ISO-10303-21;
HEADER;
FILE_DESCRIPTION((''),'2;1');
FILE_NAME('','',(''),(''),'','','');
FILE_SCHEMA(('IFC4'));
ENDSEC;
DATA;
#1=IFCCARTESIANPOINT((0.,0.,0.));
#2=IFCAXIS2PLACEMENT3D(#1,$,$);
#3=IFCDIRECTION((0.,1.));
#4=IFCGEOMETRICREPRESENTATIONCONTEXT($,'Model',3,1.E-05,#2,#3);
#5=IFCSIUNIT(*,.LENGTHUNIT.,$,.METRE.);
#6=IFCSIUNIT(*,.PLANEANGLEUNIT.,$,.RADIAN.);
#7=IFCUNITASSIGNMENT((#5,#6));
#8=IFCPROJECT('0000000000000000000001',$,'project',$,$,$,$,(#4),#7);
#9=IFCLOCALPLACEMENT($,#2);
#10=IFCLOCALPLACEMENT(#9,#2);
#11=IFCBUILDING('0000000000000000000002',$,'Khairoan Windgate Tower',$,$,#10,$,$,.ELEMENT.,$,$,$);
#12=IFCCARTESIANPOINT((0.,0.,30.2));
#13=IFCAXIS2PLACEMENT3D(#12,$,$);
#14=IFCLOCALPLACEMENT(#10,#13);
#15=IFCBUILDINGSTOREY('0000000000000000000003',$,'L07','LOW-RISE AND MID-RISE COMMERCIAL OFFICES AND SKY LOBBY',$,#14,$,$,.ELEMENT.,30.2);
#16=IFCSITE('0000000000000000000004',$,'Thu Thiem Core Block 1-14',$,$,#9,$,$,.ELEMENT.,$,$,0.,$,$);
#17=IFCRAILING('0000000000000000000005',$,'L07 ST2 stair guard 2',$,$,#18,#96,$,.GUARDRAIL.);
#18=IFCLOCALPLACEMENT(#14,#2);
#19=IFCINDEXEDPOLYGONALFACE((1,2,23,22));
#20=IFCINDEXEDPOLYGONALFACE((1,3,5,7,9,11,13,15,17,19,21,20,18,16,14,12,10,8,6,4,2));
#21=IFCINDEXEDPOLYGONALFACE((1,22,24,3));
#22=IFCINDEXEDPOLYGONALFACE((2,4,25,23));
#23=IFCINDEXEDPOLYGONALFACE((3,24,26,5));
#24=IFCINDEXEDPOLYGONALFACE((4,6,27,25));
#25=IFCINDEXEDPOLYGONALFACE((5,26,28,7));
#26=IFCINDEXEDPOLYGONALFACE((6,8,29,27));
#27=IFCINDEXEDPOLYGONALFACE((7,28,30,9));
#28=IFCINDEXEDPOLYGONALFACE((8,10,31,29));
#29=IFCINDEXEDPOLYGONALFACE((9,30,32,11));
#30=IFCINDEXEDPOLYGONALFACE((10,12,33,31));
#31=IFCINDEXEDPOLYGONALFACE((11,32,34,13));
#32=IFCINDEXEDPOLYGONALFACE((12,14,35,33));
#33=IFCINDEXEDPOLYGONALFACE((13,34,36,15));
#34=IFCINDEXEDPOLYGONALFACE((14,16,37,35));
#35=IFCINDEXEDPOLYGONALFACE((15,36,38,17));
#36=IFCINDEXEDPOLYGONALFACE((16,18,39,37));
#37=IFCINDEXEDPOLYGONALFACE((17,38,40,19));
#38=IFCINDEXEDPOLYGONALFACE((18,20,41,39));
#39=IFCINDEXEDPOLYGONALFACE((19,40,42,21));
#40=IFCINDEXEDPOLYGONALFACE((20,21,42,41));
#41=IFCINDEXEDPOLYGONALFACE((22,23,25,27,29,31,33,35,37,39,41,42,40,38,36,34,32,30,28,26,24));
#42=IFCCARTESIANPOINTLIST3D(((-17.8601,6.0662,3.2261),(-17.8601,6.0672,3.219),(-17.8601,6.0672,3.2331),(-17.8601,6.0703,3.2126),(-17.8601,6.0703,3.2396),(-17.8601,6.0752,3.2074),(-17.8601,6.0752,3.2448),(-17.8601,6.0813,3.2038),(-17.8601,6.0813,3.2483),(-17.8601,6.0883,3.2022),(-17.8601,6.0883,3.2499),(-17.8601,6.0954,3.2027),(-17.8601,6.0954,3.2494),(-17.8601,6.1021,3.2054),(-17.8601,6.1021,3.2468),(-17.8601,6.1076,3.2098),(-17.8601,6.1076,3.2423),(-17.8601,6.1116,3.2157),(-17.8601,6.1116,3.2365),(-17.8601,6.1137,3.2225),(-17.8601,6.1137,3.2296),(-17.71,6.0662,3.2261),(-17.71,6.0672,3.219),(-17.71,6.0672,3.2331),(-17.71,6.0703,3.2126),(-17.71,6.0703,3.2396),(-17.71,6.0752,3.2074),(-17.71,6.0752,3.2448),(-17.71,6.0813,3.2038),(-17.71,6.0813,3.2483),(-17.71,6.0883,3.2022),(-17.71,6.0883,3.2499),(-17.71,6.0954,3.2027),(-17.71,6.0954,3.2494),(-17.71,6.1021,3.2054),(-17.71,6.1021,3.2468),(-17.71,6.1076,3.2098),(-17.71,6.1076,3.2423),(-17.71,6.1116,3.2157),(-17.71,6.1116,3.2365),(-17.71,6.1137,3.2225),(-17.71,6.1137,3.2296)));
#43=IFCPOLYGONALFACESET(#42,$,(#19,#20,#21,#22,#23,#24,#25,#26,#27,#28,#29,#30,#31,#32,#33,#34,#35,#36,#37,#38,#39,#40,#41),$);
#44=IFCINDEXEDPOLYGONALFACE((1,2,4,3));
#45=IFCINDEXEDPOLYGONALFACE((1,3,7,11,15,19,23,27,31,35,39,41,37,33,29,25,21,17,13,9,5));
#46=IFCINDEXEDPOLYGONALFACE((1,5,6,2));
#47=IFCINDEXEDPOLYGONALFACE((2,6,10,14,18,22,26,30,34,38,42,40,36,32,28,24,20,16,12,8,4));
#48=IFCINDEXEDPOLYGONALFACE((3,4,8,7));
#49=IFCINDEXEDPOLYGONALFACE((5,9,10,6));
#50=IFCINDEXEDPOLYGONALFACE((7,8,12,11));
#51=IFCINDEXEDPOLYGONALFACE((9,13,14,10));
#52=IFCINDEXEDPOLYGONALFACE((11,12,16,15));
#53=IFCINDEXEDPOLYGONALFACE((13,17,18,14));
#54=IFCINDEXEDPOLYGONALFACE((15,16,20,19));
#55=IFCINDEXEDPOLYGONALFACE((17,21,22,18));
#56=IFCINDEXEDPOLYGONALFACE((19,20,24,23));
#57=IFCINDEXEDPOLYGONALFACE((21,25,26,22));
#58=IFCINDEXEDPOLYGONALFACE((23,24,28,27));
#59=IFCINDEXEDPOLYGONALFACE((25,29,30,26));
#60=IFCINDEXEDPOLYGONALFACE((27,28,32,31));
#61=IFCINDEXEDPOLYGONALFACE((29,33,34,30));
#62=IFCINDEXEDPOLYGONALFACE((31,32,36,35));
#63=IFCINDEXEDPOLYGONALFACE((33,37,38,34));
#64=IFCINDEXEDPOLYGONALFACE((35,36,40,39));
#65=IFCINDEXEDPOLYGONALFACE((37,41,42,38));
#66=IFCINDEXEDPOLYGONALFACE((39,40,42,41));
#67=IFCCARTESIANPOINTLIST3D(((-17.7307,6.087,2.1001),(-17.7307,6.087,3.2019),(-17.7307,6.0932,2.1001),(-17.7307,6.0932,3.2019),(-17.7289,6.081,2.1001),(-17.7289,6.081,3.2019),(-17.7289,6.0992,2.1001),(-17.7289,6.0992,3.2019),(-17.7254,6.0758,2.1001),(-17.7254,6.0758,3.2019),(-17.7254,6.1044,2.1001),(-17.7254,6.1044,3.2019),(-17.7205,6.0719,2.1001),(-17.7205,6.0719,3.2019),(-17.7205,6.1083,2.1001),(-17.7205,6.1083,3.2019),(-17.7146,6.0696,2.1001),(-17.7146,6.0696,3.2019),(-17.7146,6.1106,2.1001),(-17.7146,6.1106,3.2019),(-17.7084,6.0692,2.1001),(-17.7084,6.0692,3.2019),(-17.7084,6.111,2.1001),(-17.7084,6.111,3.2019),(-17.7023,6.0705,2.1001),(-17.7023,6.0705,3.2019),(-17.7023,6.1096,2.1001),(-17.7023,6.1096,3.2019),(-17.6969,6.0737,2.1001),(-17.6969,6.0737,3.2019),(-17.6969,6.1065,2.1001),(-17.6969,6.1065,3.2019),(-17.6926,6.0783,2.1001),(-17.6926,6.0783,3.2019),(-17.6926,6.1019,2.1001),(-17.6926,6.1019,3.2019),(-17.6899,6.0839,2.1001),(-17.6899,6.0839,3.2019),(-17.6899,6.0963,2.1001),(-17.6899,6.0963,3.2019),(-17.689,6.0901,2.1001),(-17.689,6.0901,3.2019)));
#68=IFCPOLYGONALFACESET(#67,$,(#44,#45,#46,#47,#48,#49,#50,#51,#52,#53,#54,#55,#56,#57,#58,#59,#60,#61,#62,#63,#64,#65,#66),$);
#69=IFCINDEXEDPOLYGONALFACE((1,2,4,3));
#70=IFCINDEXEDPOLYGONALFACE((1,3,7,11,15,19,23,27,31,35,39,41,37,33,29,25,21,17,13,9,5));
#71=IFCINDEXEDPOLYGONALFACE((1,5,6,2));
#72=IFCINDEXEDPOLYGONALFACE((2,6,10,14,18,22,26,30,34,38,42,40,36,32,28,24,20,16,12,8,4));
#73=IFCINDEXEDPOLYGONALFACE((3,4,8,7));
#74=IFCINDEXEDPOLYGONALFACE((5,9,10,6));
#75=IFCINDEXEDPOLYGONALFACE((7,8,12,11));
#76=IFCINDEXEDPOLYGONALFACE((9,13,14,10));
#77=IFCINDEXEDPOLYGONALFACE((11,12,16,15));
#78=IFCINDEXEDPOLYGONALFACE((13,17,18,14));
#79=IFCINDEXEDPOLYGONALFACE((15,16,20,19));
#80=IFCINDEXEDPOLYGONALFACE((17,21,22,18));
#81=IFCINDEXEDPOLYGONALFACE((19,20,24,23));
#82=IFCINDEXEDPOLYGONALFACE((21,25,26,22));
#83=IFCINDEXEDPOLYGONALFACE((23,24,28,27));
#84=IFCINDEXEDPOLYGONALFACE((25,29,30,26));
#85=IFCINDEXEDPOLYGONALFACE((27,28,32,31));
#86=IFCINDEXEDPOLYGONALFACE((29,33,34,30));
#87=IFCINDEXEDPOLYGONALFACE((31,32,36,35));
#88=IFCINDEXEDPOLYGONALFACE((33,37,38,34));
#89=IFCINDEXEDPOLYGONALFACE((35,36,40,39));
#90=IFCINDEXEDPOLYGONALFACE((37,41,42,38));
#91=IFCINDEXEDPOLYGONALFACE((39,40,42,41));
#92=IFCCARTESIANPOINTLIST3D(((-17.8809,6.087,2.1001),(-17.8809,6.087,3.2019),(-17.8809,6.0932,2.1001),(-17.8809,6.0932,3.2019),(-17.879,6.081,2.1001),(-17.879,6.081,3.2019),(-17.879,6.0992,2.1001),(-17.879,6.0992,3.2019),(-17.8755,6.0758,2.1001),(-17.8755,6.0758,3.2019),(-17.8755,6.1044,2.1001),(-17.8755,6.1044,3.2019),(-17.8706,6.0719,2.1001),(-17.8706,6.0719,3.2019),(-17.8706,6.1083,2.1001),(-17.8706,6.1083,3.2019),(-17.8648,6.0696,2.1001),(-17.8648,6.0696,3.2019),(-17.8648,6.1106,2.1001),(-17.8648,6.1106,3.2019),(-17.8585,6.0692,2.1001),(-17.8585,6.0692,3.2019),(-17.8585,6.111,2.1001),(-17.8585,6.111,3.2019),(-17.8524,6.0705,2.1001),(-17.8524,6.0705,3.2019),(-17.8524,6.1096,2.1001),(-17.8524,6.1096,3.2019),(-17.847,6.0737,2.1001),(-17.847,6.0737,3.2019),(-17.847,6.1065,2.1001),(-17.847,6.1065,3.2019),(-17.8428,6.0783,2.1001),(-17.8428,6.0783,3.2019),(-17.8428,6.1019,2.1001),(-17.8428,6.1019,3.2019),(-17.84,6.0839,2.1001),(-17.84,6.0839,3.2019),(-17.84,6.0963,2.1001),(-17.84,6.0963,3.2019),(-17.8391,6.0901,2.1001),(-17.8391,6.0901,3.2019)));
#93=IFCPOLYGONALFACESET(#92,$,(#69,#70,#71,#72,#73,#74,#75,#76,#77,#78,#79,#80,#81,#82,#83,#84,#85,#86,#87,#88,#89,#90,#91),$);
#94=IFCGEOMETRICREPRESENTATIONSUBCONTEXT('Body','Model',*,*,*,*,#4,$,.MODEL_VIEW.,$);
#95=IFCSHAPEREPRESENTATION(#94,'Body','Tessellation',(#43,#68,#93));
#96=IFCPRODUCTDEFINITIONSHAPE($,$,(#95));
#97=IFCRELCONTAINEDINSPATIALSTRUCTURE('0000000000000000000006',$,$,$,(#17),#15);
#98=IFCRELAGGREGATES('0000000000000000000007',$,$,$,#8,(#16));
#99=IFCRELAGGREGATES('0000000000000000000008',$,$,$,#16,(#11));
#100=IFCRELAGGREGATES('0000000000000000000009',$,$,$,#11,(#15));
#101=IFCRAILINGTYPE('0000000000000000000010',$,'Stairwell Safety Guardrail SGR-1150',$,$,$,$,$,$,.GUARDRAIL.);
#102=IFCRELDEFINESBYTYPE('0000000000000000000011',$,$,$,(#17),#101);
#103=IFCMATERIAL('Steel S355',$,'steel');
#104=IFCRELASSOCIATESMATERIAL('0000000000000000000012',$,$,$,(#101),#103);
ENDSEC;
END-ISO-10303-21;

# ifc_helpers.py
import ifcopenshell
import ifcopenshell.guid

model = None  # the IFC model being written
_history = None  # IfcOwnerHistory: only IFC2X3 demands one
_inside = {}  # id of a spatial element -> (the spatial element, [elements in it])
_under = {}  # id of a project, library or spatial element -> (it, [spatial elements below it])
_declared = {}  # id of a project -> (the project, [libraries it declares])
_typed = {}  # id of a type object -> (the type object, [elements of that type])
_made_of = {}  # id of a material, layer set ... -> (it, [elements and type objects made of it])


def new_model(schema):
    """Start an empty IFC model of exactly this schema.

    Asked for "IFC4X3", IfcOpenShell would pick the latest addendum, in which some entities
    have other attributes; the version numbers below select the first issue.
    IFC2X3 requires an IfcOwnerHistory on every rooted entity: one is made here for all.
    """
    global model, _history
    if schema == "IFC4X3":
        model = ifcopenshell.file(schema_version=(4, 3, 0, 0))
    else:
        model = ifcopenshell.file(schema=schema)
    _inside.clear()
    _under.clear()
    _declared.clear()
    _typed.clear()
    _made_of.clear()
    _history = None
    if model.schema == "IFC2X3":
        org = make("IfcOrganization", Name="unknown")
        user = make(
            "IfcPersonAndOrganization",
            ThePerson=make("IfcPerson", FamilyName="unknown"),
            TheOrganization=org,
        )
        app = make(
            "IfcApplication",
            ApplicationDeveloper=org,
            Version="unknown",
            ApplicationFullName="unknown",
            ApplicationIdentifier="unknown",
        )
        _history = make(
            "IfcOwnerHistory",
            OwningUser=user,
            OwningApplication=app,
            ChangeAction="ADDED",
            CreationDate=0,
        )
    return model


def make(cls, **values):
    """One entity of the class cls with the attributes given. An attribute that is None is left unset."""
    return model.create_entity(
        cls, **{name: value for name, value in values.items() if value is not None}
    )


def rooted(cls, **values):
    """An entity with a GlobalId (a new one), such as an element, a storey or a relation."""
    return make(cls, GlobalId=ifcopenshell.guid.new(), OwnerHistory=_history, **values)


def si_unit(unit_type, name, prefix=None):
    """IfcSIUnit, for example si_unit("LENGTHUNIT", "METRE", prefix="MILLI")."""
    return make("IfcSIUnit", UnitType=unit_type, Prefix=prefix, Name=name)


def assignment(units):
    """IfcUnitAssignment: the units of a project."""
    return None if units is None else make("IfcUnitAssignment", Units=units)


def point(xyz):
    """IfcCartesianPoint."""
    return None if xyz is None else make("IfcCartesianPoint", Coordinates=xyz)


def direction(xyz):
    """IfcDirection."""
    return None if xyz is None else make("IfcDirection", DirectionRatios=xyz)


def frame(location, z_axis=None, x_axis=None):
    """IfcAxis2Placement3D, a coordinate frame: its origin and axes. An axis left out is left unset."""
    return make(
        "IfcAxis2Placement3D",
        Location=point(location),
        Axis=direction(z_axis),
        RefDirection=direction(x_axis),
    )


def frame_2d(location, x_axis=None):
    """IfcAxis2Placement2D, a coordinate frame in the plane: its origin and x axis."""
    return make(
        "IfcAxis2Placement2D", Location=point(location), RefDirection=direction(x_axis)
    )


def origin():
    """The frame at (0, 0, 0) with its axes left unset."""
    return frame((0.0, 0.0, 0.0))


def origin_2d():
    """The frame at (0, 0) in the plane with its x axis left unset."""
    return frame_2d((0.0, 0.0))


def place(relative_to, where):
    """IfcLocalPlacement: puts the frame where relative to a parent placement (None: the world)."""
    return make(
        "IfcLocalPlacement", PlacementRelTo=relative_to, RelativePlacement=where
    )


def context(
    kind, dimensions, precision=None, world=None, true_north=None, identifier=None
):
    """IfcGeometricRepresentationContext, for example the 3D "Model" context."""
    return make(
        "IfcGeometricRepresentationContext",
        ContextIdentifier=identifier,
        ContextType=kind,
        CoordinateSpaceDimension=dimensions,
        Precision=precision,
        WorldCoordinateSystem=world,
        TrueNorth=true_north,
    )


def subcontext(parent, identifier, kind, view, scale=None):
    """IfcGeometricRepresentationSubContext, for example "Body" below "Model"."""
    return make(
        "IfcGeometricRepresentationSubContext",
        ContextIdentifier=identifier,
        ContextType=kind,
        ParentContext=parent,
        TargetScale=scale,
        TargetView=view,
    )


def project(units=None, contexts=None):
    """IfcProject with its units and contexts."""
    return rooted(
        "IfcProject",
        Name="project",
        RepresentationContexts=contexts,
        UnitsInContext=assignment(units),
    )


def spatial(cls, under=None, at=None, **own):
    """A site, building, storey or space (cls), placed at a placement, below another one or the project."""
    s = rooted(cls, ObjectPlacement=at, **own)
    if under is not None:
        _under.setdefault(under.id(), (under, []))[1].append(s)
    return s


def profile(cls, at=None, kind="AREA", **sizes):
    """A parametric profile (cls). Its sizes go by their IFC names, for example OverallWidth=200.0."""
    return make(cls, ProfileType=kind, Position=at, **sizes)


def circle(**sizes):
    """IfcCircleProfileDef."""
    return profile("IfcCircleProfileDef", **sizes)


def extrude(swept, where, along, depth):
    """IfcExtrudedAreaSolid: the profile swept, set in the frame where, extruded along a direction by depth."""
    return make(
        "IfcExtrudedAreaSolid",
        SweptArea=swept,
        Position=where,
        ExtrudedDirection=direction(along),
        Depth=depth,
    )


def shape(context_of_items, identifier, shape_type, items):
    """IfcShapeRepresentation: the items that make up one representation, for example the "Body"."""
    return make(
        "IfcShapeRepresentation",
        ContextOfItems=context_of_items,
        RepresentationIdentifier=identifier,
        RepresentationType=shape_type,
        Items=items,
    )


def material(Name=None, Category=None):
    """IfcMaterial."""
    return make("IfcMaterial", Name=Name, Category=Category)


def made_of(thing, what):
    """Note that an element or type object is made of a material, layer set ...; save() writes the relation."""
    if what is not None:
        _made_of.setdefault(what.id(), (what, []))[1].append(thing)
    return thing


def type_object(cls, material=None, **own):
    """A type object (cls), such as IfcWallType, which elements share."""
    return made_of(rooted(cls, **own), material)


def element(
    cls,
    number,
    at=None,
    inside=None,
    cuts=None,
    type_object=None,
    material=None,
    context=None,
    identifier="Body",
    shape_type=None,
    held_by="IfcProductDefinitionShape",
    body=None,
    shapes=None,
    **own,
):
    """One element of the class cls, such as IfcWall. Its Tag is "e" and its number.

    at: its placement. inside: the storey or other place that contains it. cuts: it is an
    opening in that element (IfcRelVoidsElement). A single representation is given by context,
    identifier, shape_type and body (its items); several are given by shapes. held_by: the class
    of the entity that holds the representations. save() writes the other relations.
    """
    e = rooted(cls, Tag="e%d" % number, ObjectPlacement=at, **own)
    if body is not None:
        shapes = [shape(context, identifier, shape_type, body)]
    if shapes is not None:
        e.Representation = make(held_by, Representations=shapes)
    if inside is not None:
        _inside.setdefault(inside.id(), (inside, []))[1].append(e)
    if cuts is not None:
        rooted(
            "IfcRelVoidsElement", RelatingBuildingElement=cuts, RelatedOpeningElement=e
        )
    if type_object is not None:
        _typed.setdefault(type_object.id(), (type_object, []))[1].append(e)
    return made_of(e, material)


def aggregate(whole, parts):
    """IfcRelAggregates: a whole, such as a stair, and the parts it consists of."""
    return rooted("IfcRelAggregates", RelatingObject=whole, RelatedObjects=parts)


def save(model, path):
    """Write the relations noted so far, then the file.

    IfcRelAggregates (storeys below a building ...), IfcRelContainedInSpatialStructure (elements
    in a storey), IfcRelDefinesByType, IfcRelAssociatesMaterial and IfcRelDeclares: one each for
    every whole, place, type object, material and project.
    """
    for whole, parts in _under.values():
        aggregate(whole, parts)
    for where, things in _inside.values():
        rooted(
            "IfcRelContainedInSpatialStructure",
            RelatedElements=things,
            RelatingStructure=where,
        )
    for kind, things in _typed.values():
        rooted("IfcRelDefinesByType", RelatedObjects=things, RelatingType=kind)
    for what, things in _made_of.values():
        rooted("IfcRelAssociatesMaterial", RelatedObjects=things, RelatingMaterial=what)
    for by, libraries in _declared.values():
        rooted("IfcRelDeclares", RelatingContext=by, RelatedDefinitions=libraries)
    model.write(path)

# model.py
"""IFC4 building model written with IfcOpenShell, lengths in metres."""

from ifc_helpers import new_model, si_unit, direction, frame, origin, origin_2d, place, context, subcontext, project, spatial, circle, extrude, material, type_object, element, save


model = new_model("IFC4")

# Units and contexts
model_context = context("Model", 3, precision=1e-05, world=origin(), true_north=direction((0.0, 1.0)))
body_context = subcontext(model_context, "Body", "Model", "MODEL_VIEW")
ifc_project = project(units=[si_unit("LENGTHUNIT", "METRE"), si_unit("PLANEANGLEUNIT", "RADIAN")], contexts=[model_context])

# Site, building, storey
site_placement = place(None, origin())
site = spatial("IfcSite", under=ifc_project, at=site_placement, Name="Thu Thiem Core Block 1-14", CompositionType="ELEMENT", RefElevation=0.0)
building_placement = place(site_placement, origin())
building = spatial("IfcBuilding", under=site, at=building_placement, Name="Khairoan Windgate Tower", CompositionType="ELEMENT")
storey_placement = place(building_placement, frame((0.0, 0.0, 30.2)))
storey = spatial("IfcBuildingStorey", under=building, at=storey_placement, Name="L07", Description="LOW-RISE AND MID-RISE COMMERCIAL OFFICES AND SKY LOBBY", CompositionType="ELEMENT", Elevation=30.2)

# Railing
ifc_material_1 = material(Name="Steel S355", Category="steel")
railing_type_1 = type_object("IfcRailingType", Name="Stairwell Safety Guardrail SGR-1150", PredefinedType="GUARDRAIL", material=ifc_material_1)
railing_1_placement = place(storey_placement, frame((-17.71, 6.0901, 2.1001)))
element("IfcRailing", 1, at=railing_1_placement, inside=storey, type_object=railing_type_1, Name="L07 ST2 stair guard 2", PredefinedType="GUARDRAIL", context=body_context, shape_type="SweptSolid", body=[
    extrude(circle(Radius=0.0239, at=origin_2d()), frame((0.0, 0.0, 1.126), z_axis=(-1.0, 0.0, 0.0), x_axis=(0.0, -1.0, 0.0)), (0.0, 0.0, 1.0), 0.1501),
    extrude(circle(Radius=0.021, at=origin_2d()), origin(), (0.0, 0.0, 1.0), 1.1018),
    extrude(circle(Radius=0.021, at=origin_2d()), frame((-0.1501, 0.0, 0.0)), (0.0, 0.0, 1.0), 1.1018),
])

save(model, "model.ifc")
